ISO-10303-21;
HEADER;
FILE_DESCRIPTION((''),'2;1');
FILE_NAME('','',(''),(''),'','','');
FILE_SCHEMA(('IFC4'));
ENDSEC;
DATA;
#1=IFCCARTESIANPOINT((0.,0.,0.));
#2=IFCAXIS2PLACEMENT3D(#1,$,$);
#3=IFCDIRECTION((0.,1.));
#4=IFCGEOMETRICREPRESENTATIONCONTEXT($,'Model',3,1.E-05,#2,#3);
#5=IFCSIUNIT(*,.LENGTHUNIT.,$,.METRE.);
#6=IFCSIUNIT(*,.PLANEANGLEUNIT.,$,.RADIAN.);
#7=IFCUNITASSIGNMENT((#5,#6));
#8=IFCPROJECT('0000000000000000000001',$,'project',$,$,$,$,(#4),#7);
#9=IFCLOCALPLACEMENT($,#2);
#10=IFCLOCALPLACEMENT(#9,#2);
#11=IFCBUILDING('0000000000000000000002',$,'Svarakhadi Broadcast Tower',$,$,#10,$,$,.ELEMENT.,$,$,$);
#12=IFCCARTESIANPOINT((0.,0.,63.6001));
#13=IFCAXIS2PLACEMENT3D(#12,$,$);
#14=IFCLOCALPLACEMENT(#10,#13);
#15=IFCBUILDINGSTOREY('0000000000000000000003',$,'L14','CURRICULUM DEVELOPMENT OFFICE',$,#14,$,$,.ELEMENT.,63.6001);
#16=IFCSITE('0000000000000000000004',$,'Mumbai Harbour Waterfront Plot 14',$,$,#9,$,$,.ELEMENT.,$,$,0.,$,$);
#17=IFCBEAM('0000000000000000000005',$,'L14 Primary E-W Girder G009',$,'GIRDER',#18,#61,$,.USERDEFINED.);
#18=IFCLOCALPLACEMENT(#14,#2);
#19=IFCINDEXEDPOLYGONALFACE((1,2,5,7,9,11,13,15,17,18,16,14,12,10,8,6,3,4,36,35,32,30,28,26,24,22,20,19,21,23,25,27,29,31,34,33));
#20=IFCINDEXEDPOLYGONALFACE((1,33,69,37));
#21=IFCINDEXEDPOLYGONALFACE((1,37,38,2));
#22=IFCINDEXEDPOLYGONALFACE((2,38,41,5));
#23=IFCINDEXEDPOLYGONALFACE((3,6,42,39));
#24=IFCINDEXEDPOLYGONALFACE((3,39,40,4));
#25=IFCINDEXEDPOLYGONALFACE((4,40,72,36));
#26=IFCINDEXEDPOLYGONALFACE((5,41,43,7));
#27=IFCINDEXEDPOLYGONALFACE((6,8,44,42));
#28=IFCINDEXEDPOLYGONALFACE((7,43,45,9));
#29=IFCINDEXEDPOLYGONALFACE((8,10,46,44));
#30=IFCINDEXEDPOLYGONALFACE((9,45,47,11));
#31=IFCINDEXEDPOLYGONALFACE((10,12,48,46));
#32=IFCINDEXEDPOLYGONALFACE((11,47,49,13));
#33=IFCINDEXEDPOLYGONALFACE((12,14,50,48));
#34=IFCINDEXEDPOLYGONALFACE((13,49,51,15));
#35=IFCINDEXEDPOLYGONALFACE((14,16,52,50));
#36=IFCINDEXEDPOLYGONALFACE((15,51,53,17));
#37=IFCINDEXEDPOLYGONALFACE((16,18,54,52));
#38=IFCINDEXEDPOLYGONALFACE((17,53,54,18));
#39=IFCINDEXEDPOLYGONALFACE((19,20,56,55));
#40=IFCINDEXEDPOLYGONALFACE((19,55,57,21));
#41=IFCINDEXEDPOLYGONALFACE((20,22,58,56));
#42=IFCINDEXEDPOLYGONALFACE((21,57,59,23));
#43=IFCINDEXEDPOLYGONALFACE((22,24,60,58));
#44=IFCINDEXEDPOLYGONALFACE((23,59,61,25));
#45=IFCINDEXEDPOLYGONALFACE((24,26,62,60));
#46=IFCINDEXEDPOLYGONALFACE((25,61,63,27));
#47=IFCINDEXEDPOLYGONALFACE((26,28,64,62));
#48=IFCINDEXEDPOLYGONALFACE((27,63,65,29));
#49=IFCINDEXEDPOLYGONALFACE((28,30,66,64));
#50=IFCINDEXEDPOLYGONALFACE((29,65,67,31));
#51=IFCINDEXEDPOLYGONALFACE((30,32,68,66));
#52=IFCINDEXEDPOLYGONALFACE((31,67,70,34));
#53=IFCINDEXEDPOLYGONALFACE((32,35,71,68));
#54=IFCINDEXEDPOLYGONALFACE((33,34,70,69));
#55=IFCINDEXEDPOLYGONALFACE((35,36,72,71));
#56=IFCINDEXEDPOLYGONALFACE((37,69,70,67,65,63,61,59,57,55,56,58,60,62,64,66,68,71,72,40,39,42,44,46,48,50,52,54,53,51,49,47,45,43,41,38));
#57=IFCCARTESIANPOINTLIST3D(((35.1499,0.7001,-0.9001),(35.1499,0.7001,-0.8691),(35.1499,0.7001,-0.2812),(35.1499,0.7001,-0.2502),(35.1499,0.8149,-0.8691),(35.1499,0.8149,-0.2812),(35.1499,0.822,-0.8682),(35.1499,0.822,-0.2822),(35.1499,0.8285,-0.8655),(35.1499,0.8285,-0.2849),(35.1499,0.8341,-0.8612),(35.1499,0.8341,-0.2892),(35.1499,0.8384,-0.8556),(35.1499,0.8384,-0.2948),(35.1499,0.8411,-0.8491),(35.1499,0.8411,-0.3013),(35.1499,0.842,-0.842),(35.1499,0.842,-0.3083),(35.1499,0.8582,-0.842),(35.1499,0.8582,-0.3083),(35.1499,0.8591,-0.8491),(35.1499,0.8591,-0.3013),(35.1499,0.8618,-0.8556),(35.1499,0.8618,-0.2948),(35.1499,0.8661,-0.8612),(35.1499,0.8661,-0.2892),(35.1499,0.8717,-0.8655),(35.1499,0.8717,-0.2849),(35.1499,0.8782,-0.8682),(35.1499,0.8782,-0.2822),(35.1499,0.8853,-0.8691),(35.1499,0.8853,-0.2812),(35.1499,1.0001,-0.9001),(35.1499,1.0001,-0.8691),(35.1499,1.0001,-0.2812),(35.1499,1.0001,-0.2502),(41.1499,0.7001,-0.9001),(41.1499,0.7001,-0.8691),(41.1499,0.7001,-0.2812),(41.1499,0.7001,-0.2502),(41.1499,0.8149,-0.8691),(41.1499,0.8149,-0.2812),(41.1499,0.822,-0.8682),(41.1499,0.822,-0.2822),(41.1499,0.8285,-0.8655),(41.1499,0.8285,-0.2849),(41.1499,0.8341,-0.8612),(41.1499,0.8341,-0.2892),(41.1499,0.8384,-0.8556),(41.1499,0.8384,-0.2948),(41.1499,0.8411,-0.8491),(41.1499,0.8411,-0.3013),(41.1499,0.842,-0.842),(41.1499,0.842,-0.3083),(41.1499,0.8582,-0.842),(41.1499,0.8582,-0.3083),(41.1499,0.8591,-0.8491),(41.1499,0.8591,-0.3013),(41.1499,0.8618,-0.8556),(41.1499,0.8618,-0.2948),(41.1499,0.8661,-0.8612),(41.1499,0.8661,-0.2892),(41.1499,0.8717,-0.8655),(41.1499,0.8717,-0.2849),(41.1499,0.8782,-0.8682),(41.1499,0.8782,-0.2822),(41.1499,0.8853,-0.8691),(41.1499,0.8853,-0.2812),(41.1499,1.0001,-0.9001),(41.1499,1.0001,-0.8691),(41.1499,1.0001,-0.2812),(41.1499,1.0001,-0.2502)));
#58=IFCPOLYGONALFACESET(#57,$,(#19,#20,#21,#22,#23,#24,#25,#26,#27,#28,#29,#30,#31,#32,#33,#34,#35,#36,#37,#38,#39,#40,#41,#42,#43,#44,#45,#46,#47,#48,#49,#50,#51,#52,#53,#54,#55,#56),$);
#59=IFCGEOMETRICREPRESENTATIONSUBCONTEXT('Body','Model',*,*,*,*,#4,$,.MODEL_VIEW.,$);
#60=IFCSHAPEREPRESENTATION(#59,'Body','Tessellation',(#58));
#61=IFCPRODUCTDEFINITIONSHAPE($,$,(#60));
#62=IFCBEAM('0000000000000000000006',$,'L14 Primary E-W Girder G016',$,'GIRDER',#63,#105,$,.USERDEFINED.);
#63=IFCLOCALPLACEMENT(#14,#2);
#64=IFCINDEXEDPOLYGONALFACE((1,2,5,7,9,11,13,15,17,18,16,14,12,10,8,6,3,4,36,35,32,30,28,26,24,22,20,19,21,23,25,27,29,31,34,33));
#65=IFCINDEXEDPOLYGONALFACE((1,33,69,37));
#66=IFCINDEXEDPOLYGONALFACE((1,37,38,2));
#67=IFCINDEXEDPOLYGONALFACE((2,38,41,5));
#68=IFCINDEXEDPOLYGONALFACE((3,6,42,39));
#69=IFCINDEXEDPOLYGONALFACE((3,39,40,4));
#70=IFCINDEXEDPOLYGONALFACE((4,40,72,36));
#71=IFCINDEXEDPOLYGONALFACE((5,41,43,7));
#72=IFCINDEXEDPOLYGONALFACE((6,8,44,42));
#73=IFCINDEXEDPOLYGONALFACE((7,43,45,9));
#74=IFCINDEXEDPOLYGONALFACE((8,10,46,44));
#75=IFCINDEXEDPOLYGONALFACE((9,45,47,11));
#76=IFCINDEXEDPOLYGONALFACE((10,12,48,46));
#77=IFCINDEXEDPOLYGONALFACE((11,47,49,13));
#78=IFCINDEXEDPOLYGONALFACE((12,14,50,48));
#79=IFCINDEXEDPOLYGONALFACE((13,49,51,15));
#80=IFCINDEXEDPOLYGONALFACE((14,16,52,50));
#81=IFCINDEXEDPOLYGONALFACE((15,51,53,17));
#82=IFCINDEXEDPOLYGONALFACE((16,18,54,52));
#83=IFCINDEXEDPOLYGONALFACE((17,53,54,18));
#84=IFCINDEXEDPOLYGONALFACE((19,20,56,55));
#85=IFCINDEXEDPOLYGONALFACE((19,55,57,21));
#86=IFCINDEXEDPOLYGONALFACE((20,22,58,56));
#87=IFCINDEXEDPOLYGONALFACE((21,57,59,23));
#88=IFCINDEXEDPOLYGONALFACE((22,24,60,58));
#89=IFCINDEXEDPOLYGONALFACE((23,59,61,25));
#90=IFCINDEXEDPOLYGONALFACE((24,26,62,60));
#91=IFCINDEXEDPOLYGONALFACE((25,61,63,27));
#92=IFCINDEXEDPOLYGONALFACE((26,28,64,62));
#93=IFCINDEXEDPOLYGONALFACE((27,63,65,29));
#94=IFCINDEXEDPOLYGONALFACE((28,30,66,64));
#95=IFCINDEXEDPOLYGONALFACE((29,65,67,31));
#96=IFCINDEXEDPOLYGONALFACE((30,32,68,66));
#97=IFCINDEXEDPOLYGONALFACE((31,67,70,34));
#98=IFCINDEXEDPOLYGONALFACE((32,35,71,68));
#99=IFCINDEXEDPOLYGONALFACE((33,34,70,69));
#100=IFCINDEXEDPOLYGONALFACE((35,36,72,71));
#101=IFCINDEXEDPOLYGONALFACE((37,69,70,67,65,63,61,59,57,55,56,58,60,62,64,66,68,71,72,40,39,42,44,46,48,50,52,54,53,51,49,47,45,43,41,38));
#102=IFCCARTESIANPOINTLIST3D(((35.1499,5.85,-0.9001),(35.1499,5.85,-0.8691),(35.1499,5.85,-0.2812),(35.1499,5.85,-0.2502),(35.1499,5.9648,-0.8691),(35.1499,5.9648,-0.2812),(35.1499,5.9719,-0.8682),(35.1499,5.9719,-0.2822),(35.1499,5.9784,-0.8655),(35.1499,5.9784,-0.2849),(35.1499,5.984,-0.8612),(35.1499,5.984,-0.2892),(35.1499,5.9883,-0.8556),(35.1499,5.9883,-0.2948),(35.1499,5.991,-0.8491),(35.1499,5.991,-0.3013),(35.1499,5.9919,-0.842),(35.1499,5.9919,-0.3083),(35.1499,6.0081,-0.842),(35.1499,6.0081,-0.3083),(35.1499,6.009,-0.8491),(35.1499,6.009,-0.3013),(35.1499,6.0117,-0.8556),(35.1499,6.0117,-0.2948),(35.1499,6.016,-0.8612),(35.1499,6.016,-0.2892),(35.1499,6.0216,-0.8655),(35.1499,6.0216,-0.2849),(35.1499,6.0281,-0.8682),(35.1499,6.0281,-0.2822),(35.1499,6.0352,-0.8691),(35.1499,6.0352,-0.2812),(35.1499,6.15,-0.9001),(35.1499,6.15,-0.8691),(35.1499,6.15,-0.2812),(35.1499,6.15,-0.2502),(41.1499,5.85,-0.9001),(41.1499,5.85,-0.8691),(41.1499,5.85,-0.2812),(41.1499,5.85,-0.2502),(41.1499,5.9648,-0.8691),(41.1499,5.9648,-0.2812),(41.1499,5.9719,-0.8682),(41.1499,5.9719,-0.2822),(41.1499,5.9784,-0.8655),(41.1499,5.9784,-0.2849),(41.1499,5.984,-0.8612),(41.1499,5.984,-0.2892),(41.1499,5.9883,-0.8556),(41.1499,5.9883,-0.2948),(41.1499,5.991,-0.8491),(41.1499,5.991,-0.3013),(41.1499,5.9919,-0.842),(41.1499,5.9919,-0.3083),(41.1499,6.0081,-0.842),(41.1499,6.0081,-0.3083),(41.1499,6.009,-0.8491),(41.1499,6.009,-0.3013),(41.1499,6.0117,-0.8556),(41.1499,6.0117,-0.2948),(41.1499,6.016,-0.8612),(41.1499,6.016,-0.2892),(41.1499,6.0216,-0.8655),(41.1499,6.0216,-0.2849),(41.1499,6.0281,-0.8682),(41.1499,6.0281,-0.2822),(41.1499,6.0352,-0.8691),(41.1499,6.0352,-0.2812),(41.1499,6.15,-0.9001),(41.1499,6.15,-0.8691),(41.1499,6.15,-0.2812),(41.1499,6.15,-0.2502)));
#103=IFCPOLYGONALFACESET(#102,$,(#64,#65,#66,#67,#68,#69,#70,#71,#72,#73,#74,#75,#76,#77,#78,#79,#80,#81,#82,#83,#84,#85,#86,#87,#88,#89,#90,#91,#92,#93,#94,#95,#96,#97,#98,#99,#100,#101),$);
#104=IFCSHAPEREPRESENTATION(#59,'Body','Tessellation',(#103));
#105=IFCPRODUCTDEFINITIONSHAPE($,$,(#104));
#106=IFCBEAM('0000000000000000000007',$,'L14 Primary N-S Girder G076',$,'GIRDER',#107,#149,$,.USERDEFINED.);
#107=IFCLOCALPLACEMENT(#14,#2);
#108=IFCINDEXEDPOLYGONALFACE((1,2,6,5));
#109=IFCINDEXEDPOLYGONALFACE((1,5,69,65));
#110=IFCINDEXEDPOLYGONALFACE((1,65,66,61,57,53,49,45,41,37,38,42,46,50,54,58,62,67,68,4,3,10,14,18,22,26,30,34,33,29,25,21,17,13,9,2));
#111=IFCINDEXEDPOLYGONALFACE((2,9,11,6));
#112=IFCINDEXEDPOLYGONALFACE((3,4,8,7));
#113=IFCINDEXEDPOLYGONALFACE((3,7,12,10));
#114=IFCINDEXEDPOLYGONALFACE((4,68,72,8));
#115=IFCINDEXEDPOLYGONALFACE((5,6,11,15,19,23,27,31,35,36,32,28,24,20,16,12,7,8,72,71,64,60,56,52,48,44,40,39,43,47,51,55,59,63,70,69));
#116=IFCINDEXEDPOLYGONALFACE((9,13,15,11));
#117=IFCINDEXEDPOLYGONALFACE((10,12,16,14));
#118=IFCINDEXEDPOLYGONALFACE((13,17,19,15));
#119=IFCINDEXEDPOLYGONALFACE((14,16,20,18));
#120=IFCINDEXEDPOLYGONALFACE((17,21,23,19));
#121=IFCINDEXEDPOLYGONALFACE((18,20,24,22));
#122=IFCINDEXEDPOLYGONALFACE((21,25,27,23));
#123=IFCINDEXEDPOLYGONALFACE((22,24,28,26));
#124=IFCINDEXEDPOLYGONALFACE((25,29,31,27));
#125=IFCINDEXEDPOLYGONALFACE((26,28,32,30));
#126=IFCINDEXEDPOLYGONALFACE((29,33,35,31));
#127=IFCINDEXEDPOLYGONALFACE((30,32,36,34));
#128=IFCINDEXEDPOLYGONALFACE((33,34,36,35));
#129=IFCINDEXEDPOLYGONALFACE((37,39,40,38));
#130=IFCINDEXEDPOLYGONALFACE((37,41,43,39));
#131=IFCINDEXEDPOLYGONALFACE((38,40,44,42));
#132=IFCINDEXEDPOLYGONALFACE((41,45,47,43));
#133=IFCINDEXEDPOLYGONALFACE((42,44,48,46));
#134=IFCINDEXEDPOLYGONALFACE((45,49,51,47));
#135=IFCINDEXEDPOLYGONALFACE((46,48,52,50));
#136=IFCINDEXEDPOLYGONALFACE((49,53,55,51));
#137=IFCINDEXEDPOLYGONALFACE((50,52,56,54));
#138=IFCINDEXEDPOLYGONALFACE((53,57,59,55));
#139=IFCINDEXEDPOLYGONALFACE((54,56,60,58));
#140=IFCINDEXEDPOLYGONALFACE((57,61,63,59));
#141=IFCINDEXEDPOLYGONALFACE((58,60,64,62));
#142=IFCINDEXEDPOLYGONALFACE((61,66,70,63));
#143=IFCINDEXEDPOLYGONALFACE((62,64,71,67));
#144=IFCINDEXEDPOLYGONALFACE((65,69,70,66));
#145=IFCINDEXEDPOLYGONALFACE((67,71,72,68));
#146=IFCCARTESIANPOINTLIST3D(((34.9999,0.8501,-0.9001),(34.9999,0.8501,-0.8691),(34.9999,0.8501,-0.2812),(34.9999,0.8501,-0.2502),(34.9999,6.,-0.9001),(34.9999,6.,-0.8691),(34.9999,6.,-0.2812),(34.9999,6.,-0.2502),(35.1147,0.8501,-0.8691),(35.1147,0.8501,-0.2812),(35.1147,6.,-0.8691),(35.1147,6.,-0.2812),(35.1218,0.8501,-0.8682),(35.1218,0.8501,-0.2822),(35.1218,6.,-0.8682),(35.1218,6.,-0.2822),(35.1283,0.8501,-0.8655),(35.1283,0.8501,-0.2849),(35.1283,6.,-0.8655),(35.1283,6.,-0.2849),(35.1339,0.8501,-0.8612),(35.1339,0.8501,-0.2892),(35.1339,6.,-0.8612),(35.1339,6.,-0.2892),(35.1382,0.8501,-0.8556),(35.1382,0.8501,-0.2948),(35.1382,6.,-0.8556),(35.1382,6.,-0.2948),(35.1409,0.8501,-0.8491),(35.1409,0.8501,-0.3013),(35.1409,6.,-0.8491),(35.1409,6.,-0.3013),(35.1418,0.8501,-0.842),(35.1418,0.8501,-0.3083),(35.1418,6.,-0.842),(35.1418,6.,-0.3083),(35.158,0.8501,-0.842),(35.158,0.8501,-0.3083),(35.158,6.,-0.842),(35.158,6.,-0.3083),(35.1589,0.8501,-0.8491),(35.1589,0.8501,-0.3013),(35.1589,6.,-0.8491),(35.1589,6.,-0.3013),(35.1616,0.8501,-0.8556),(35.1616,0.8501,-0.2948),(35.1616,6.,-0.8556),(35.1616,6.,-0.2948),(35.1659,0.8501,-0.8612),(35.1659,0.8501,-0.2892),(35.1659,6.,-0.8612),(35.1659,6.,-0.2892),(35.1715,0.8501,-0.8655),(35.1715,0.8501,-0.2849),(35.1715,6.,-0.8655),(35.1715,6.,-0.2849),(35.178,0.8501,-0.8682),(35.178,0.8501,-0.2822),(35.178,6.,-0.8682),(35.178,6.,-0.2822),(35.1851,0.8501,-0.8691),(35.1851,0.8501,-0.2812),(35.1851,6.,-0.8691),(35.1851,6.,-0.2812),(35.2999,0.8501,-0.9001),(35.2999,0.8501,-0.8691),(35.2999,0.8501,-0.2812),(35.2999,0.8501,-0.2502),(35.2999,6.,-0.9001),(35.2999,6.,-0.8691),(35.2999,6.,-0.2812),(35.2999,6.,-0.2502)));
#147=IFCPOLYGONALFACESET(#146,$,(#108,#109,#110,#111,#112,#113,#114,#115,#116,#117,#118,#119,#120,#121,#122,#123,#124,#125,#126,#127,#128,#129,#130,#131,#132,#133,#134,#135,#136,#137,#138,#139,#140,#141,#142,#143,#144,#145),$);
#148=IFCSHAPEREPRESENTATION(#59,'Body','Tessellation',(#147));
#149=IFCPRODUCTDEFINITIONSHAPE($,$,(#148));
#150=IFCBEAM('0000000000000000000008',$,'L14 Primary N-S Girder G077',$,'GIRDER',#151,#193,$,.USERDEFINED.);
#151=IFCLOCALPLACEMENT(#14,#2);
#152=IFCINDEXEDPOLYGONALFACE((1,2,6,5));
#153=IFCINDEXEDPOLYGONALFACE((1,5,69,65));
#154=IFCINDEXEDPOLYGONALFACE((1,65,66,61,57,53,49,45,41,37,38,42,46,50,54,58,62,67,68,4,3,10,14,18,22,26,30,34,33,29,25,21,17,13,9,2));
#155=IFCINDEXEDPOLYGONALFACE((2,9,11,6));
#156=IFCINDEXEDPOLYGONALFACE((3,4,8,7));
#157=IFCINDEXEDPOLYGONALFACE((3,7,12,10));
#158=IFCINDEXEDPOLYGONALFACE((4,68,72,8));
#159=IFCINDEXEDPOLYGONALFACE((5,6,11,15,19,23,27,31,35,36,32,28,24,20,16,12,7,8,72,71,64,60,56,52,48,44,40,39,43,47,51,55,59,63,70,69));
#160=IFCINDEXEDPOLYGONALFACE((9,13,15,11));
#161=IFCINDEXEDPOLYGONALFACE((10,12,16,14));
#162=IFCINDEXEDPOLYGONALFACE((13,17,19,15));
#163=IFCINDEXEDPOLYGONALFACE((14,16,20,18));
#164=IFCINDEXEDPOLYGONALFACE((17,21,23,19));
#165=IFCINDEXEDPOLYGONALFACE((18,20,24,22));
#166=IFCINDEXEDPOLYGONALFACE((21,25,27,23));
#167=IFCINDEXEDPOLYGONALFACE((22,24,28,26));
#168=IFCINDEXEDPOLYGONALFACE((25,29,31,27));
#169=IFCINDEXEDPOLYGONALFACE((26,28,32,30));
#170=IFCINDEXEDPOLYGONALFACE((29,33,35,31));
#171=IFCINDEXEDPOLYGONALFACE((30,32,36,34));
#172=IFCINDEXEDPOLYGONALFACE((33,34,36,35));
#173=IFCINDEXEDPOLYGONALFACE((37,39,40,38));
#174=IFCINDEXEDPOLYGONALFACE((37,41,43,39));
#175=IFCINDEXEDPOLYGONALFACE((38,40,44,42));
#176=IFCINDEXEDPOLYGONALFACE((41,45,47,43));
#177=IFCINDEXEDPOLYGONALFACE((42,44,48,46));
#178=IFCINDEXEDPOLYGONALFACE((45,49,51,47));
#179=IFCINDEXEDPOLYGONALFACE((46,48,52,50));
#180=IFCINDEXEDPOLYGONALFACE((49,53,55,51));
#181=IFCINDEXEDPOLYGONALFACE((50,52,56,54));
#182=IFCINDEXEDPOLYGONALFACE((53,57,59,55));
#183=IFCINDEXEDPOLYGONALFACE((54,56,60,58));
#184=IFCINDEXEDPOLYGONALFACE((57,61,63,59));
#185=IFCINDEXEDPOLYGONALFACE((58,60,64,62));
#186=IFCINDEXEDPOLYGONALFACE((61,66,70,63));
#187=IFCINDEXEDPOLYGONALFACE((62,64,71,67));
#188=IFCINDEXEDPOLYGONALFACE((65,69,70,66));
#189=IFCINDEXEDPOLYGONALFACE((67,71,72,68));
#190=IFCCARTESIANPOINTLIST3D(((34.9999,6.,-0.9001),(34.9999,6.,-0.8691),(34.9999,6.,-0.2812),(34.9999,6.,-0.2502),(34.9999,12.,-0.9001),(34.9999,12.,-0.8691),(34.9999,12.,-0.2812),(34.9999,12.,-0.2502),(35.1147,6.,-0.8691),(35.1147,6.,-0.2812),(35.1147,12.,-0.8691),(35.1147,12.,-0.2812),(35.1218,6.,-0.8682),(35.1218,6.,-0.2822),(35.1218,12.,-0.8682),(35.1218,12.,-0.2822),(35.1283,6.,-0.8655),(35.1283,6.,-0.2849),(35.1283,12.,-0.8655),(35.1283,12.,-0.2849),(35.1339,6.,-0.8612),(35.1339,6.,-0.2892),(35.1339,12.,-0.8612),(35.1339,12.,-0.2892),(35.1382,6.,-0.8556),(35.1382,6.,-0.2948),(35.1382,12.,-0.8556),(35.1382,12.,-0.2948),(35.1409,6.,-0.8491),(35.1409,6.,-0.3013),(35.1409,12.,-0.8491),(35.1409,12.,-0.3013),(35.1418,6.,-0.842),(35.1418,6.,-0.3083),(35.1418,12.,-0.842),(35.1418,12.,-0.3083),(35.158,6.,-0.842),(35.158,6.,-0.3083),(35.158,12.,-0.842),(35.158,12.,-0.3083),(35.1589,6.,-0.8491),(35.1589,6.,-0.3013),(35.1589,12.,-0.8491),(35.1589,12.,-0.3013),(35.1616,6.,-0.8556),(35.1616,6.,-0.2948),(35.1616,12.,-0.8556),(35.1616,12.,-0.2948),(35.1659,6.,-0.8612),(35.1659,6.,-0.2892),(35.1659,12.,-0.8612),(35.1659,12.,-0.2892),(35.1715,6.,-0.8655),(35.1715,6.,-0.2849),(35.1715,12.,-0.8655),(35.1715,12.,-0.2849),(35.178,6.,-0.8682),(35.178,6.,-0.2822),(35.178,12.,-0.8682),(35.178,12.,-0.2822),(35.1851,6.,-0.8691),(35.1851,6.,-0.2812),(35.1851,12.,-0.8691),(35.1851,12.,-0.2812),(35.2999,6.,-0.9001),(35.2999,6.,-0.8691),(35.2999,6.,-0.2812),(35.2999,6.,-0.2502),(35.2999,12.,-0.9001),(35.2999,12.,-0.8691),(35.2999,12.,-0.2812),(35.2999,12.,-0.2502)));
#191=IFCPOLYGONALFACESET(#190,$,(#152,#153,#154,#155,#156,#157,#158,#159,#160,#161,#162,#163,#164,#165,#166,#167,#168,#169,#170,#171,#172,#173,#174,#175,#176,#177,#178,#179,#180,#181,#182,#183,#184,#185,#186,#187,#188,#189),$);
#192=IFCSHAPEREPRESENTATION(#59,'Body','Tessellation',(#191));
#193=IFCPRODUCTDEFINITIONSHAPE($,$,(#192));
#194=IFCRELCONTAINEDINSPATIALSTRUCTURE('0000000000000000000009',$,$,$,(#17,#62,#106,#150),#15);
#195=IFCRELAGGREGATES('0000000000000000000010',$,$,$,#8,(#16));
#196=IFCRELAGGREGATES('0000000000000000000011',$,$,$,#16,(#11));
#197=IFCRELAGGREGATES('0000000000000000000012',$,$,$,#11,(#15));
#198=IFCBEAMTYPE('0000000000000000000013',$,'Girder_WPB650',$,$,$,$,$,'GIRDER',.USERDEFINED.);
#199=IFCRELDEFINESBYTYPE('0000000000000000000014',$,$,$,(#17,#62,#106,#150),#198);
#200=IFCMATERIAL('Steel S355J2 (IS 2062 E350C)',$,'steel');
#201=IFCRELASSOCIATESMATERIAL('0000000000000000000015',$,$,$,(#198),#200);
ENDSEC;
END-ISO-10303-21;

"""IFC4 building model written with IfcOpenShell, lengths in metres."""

from ifc_helpers import new_model, si_unit, direction, frame, origin, origin_2d, place, context, subcontext, project, spatial, i_section, extrude, material, material_profile, profile_set, type_object, element, save


model = new_model("IFC4")

# Units and contexts
model_context = context("Model", 3, precision=1e-05, world=origin(), true_north=direction((0.0, 1.0)))
body_context = subcontext(model_context, "Body", "Model", "MODEL_VIEW")
ifc_project = project(units=[si_unit("LENGTHUNIT", "METRE"), si_unit("PLANEANGLEUNIT", "RADIAN")], contexts=[model_context])

# Site, building, storey
site_placement = place(None, origin())
site = spatial("IfcSite", under=ifc_project, at=site_placement, Name="Mumbai Harbour Waterfront Plot 14", CompositionType="ELEMENT", RefElevation=0.0)
building_placement = place(site_placement, origin())
building = spatial("IfcBuilding", under=site, at=building_placement, Name="Svarakhadi Broadcast Tower", CompositionType="ELEMENT")
storey_placement = place(building_placement, frame((0.0, 0.0, 63.6001)))
storey = spatial("IfcBuildingStorey", under=building, at=storey_placement, Name="L14", Description="CURRICULUM DEVELOPMENT OFFICE", CompositionType="ELEMENT", Elevation=63.6001)

# Shared definitions
ifc_material_1 = material(Name="Steel S355J2 (IS 2062 E350C)", Category="steel")

# Beams
ifc_material_profile_1 = material_profile(ifc_material_1, i_section(OverallWidth=0.3, OverallDepth=0.6499, WebThickness=0.0161, FlangeThickness=0.031, FilletRadius=0.0271, at=origin_2d()), Name="WPB 650x300x225")
ifc_profile_set_1 = profile_set([ifc_material_profile_1], Name="Steel S355J2 (IS 2062 E350C)")
beam_type_1 = type_object("IfcBeamType", Name="Girder_WPB650", ElementType="GIRDER", PredefinedType="USERDEFINED", material=ifc_profile_set_1)
for number, where, z_axis, x_axis, name in (
    (1, (35.1499, 0.8501, -0.5752), (1.0, 0.0, 0.0), (0.0, 1.0, 0.0), "L14 Primary E-W Girder G009"),
    (2, (35.1499, 6.0, -0.5752), (1.0, 0.0, 0.0), (0.0, 1.0, 0.0), "L14 Primary E-W Girder G016"),
):
    element("IfcBeam", number, at=place(storey_placement, frame(where, z_axis=z_axis, x_axis=x_axis)), inside=storey, type_object=beam_type_1, Name=name, ObjectType="GIRDER", PredefinedType="USERDEFINED", context=body_context, shape_type="SweptSolid", body=[
        extrude(i_section(OverallWidth=0.3, OverallDepth=0.6499, WebThickness=0.0161, FlangeThickness=0.031, FilletRadius=0.0271, at=origin_2d()), origin(), (0.0, 0.0, 1.0), 6.0),
    ])
beam_1_placement = place(storey_placement, frame((35.1499, 0.8501, -0.5752), z_axis=(0.0, 1.0, 0.0), x_axis=(-1.0, 0.0, 0.0)))
element("IfcBeam", 3, at=beam_1_placement, inside=storey, type_object=beam_type_1, Name="L14 Primary N-S Girder G076", ObjectType="GIRDER", PredefinedType="USERDEFINED", context=body_context, shape_type="SweptSolid", body=[
    extrude(i_section(OverallWidth=0.3, OverallDepth=0.6499, WebThickness=0.0161, FlangeThickness=0.031, FilletRadius=0.0271, at=origin_2d()), origin(), (0.0, 0.0, 1.0), 5.1499),
])
beam_2_placement = place(storey_placement, frame((35.1499, 6.0, -0.5752), z_axis=(0.0, 1.0, 0.0), x_axis=(-1.0, 0.0, 0.0)))
element("IfcBeam", 4, at=beam_2_placement, inside=storey, type_object=beam_type_1, Name="L14 Primary N-S Girder G077", ObjectType="GIRDER", PredefinedType="USERDEFINED", context=body_context, shape_type="SweptSolid", body=[
    extrude(i_section(OverallWidth=0.3, OverallDepth=0.6499, WebThickness=0.0161, FlangeThickness=0.031, FilletRadius=0.0271, at=origin_2d()), origin(), (0.0, 0.0, 1.0), 6.0),
])

save(model, "model.ifc")
